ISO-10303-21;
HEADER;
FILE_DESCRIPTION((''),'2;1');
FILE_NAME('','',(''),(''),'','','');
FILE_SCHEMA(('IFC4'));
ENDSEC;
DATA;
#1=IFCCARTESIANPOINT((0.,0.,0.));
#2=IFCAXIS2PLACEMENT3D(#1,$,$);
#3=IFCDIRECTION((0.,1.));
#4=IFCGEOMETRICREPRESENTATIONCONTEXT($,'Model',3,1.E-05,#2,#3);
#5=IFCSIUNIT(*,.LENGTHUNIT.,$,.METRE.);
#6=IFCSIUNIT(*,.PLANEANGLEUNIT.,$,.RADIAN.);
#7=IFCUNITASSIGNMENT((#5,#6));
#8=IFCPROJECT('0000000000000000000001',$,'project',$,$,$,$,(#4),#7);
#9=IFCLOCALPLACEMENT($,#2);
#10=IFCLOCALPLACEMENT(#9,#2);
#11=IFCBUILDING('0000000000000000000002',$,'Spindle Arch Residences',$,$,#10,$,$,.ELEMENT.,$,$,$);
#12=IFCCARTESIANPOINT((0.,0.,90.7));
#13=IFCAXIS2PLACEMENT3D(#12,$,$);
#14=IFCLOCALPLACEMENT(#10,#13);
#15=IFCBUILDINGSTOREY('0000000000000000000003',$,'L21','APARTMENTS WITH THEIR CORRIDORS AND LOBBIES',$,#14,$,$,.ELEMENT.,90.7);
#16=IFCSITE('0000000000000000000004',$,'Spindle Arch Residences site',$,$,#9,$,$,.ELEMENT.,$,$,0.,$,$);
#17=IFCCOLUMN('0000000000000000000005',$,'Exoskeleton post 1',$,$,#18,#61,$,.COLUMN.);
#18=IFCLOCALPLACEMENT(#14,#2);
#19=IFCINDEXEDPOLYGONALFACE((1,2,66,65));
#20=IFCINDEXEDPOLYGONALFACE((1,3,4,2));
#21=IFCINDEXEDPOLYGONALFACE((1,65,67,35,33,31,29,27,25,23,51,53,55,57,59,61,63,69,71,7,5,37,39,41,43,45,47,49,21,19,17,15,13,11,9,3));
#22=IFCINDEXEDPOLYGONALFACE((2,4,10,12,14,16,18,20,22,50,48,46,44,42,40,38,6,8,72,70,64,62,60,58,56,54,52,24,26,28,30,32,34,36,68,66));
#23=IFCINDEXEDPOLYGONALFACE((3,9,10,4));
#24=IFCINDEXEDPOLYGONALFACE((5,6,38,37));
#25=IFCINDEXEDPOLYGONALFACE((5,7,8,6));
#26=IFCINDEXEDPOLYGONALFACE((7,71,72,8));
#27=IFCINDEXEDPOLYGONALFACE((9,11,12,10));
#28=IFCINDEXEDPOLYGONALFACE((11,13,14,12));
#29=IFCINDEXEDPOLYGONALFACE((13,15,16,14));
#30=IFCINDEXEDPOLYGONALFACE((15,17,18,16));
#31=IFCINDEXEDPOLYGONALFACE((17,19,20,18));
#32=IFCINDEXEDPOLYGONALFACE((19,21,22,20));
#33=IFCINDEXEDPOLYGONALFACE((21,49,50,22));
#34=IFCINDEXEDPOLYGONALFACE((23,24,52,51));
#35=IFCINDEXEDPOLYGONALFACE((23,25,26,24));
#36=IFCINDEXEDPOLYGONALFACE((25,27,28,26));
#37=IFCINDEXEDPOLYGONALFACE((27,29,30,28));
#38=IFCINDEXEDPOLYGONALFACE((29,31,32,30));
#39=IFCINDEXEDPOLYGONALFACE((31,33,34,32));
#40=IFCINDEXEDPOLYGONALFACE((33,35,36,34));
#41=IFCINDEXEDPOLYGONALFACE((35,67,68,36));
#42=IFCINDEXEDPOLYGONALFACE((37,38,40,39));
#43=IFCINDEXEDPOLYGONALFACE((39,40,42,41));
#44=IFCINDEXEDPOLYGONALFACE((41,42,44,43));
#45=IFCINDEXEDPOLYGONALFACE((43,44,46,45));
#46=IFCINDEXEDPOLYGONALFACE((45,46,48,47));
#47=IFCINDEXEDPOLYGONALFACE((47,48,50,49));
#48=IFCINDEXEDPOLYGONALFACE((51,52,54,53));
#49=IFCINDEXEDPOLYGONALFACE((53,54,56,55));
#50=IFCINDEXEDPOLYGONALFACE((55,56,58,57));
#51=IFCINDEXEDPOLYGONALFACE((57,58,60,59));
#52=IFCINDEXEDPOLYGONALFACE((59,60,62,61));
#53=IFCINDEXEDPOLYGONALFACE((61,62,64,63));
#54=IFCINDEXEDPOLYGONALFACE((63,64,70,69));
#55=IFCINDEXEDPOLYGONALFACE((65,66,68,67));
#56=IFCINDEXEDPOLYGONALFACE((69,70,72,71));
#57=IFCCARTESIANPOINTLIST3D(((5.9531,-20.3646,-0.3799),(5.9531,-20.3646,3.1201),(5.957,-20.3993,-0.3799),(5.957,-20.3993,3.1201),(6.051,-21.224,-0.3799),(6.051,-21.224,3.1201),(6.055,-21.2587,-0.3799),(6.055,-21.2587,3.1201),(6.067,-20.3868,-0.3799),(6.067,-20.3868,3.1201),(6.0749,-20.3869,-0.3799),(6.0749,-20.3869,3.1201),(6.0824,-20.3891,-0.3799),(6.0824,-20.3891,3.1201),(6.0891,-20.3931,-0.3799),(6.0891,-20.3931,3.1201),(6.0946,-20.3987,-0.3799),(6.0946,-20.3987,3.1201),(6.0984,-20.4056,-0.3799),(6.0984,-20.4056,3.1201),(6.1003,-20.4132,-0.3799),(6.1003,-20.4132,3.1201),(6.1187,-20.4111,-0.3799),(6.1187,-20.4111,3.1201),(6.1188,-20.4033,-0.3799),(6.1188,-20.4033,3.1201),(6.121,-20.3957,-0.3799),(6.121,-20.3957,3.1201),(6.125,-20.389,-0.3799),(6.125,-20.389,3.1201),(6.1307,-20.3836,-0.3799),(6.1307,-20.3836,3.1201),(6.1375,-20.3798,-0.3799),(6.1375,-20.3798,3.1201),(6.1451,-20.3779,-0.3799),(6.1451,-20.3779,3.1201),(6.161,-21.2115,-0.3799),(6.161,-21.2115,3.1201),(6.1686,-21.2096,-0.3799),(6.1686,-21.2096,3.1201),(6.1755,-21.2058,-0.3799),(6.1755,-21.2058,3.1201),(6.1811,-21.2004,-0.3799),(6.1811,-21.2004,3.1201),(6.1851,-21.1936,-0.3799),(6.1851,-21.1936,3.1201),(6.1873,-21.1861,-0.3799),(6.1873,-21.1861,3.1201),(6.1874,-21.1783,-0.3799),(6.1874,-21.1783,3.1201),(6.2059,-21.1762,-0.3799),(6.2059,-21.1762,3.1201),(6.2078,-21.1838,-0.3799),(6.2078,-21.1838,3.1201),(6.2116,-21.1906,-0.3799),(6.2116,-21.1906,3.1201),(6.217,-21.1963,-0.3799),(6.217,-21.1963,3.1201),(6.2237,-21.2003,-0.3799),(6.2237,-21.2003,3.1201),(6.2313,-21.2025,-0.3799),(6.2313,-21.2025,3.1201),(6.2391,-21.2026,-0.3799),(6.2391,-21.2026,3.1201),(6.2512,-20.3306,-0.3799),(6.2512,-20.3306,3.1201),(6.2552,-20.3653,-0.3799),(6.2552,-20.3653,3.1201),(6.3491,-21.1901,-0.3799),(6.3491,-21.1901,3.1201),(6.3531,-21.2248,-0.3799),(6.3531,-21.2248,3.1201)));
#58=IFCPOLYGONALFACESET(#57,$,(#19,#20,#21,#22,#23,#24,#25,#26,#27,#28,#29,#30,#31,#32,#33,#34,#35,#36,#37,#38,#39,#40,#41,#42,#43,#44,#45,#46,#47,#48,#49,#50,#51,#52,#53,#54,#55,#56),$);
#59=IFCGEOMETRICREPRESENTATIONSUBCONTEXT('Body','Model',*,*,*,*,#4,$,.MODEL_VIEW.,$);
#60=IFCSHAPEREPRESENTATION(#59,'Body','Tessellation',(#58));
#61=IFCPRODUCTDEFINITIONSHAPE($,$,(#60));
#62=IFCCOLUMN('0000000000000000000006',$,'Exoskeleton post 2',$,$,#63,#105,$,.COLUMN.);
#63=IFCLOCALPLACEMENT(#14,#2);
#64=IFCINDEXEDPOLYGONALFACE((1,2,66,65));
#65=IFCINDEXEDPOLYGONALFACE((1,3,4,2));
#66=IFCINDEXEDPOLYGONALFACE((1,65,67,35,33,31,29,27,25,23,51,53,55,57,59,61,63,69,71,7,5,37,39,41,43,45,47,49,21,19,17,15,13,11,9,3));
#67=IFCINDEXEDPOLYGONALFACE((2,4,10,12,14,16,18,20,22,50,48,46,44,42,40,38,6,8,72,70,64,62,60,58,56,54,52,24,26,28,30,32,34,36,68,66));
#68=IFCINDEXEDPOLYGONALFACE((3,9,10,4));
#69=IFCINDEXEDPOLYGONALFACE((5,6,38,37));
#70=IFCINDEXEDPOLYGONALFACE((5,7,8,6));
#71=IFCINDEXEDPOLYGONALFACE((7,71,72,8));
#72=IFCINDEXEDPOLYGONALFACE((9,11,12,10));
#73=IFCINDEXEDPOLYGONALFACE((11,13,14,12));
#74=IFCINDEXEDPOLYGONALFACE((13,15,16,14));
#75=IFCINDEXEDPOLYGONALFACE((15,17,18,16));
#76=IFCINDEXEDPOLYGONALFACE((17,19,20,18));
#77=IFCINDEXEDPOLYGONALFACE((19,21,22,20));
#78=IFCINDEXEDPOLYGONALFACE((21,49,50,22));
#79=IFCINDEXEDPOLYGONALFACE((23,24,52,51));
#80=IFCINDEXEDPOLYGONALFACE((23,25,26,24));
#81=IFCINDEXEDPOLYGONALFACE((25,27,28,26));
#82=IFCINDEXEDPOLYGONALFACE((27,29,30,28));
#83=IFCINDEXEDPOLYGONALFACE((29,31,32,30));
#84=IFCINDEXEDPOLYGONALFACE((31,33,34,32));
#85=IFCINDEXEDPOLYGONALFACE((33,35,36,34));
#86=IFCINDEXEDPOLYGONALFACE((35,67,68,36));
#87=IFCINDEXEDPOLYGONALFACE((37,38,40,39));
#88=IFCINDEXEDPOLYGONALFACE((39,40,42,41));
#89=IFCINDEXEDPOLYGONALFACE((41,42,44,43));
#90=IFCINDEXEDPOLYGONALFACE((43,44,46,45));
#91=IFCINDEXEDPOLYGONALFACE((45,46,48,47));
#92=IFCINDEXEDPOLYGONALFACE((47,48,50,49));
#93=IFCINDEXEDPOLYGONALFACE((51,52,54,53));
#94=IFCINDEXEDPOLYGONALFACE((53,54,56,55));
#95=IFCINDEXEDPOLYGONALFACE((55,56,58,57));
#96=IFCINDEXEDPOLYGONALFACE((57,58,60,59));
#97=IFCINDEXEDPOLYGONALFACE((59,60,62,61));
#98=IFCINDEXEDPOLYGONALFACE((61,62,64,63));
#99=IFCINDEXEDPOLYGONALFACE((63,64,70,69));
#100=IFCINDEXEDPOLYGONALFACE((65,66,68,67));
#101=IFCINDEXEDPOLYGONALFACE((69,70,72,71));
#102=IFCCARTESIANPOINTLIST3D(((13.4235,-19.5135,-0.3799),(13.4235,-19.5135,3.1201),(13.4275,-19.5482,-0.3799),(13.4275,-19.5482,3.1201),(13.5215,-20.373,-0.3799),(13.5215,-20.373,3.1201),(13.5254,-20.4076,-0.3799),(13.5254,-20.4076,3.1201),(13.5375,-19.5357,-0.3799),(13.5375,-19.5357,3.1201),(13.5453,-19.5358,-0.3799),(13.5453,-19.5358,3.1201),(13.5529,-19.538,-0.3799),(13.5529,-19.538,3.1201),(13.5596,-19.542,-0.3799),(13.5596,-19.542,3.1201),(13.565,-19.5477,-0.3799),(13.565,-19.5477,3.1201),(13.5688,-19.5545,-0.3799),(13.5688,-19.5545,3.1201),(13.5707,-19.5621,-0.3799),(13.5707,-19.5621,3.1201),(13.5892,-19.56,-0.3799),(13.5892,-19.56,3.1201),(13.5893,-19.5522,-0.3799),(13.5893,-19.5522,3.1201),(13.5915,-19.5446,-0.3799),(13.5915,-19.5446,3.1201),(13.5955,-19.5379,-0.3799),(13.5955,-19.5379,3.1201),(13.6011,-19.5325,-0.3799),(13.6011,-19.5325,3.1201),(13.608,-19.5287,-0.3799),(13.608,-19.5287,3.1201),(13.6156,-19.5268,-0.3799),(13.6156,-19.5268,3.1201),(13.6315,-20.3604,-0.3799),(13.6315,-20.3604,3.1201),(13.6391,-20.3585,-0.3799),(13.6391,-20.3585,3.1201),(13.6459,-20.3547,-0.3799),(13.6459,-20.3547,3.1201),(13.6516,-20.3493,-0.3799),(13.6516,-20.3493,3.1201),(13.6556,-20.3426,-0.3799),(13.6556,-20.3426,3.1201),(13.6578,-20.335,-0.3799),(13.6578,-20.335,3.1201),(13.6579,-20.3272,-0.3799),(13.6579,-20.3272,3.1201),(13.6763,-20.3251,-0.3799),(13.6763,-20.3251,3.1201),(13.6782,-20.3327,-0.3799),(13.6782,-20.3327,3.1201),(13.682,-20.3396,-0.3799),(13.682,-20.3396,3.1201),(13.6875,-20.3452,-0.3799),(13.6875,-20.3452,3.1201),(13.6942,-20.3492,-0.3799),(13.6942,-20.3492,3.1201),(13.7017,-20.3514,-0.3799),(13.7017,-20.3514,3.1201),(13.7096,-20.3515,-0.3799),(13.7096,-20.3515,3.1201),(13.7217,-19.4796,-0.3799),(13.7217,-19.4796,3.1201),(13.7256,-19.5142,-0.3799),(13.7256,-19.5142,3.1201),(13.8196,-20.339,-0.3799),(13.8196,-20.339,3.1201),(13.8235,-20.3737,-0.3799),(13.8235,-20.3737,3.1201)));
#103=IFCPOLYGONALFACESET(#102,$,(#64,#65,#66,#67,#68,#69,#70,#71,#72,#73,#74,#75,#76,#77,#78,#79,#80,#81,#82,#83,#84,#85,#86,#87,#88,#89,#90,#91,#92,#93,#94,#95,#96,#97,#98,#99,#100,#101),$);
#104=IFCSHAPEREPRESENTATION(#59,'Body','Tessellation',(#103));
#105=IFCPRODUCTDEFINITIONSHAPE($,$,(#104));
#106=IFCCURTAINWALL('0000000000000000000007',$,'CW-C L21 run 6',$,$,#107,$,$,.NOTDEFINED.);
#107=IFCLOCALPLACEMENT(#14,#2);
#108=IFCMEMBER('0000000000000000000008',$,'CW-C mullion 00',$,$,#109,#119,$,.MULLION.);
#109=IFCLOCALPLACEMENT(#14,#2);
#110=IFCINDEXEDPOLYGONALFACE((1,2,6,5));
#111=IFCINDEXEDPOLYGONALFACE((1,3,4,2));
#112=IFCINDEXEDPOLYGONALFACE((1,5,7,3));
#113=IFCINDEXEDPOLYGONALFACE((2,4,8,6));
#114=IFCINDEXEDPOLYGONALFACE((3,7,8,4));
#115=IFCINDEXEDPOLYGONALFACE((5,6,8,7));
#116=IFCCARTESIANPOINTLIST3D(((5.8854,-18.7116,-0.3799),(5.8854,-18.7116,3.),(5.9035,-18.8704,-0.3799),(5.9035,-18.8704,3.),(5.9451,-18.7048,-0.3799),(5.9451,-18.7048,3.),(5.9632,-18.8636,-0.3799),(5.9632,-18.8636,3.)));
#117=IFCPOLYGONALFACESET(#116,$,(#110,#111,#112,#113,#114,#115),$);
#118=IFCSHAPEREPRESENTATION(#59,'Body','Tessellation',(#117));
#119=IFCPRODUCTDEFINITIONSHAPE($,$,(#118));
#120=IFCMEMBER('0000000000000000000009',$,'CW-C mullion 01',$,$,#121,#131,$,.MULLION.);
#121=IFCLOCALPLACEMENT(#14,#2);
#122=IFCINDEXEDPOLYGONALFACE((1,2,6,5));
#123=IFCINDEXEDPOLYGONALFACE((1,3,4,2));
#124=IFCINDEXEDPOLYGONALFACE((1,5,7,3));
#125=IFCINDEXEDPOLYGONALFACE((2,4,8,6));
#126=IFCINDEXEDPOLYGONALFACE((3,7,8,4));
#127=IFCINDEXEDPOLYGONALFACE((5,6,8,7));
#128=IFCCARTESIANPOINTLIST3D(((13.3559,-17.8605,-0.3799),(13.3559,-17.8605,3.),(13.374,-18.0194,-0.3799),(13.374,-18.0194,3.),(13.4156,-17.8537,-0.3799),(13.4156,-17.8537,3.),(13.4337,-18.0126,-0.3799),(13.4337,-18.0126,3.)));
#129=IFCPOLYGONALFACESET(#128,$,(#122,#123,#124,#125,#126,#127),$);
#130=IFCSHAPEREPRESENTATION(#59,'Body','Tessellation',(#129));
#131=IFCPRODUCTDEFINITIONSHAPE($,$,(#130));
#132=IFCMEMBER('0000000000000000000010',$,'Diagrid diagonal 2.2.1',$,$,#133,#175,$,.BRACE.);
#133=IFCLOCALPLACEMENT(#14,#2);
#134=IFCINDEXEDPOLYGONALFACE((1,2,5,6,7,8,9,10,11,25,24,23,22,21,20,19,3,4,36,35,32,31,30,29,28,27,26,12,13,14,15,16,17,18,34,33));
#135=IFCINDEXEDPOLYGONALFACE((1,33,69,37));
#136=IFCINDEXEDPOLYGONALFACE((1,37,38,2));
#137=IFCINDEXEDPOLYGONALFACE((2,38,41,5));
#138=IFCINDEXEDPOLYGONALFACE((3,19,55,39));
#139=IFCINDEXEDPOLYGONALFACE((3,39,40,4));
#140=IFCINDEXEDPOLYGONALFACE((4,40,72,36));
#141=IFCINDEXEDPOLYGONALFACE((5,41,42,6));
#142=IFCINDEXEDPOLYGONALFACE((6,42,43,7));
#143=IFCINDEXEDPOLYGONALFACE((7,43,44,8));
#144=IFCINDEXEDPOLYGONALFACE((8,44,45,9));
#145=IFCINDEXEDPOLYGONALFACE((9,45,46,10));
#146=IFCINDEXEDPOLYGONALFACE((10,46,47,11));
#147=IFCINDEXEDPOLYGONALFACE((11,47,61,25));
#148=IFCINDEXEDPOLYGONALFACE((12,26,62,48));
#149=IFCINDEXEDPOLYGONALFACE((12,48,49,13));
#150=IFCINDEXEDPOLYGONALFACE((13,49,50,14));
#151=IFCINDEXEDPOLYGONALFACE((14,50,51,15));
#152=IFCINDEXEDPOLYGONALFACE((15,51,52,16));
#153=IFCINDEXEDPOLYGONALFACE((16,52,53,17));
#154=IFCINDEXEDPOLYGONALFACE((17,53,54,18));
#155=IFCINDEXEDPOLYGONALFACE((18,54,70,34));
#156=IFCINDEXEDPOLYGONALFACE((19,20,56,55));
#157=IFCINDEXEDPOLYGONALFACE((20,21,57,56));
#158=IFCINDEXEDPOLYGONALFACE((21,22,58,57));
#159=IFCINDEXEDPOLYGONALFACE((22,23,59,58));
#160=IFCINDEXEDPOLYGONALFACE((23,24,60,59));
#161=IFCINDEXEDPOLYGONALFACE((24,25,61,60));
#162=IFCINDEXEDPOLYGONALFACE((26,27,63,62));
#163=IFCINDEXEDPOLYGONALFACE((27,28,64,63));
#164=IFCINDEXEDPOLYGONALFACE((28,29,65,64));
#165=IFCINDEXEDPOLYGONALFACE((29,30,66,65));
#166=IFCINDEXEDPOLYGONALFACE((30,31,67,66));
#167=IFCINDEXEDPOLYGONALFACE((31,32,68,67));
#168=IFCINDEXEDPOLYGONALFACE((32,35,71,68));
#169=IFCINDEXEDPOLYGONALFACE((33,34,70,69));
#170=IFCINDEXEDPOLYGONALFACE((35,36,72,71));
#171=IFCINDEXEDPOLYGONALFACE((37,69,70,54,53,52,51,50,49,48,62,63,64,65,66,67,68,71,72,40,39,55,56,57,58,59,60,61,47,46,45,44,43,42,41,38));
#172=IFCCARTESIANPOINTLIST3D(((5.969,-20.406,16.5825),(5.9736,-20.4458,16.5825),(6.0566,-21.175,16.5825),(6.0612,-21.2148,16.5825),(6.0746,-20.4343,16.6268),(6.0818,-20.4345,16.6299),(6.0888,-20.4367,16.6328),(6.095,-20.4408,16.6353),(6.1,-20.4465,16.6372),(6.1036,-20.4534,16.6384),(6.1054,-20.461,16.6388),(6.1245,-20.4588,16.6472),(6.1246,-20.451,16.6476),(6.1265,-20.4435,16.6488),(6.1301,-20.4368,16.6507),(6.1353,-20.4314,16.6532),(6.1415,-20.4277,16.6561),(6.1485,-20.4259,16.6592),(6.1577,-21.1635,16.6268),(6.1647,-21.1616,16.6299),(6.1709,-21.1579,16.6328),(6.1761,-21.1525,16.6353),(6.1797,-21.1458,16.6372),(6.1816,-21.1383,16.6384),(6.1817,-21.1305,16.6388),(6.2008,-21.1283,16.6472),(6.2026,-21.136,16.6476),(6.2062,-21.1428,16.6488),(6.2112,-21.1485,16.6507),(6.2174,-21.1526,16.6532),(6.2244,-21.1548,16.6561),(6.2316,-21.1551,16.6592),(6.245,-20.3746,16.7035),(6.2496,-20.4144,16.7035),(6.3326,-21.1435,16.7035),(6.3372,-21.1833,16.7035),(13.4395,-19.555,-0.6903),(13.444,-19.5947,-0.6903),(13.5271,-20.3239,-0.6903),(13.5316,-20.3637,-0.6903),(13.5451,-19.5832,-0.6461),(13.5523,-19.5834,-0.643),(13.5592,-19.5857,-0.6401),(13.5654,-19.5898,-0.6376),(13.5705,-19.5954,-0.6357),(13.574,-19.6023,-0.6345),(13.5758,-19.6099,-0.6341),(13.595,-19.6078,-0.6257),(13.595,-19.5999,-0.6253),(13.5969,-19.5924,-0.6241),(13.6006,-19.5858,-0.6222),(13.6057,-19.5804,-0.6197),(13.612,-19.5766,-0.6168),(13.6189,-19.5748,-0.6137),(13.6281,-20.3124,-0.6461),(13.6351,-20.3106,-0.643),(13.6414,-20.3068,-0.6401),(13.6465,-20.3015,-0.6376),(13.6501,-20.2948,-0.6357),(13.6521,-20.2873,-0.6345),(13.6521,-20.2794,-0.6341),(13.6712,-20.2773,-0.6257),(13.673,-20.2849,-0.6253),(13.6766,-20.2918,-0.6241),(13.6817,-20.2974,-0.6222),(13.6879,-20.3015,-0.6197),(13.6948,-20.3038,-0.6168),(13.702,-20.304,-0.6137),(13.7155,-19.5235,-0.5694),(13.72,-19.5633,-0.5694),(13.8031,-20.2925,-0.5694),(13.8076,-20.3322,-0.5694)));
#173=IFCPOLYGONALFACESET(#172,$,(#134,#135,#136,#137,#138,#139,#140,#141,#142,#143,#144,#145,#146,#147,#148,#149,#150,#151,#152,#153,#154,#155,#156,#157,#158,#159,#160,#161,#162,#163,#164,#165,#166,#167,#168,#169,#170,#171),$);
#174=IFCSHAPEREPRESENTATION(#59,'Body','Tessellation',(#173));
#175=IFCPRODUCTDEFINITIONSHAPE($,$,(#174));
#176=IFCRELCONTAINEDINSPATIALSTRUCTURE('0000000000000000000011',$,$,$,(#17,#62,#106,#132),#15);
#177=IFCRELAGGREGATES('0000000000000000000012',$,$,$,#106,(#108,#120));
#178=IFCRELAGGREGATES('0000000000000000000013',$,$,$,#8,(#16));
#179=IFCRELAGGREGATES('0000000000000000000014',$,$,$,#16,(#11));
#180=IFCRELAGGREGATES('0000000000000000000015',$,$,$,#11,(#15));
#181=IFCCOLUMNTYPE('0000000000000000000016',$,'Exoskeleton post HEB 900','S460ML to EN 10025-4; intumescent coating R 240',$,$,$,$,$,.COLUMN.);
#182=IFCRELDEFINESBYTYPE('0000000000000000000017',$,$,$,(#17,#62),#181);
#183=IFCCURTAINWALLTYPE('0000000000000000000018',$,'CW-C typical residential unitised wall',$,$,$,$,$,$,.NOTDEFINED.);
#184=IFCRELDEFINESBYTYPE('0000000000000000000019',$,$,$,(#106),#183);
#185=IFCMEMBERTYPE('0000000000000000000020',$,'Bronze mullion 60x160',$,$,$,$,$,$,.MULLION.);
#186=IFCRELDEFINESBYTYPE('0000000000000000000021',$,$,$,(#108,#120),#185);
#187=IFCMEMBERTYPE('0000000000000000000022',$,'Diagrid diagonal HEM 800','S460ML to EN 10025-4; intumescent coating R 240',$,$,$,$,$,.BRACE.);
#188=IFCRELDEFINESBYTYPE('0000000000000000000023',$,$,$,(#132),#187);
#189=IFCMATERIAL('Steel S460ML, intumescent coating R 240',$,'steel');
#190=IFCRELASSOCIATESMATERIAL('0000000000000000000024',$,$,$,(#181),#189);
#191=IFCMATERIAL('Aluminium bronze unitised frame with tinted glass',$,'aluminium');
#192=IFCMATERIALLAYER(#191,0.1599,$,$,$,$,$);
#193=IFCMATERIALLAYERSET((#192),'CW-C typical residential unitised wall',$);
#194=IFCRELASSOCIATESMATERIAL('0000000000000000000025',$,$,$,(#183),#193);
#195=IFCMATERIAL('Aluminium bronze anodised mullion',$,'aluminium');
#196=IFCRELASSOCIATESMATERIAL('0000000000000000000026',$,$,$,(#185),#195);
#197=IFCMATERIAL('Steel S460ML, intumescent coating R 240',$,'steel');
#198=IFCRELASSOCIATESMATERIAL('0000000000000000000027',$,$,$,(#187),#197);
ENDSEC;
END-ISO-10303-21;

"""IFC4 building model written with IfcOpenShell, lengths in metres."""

from ifc_helpers import new_model, si_unit, direction, frame, origin, origin_2d, place, context, subcontext, project, spatial, rectangle, i_section, extrude, material, layer, layer_set, material_profile, profile_set, type_object, element, aggregate, save


model = new_model("IFC4")

# Units and contexts
model_context = context("Model", 3, precision=1e-05, world=origin(), true_north=direction((0.0, 1.0)))
body_context = subcontext(model_context, "Body", "Model", "MODEL_VIEW")
ifc_project = project(units=[si_unit("LENGTHUNIT", "METRE"), si_unit("PLANEANGLEUNIT", "RADIAN")], contexts=[model_context])

# Site, building, storey
site_placement = place(None, origin())
site = spatial("IfcSite", under=ifc_project, at=site_placement, Name="Spindle Arch Residences site", CompositionType="ELEMENT", RefElevation=0.0)
building_placement = place(site_placement, origin())
building = spatial("IfcBuilding", under=site, at=building_placement, Name="Spindle Arch Residences", CompositionType="ELEMENT")
storey_placement = place(building_placement, frame((0.0, 0.0, 90.7)))
storey = spatial("IfcBuildingStorey", under=building, at=storey_placement, Name="L21", Description="APARTMENTS WITH THEIR CORRIDORS AND LOBBIES", CompositionType="ELEMENT", Elevation=90.7)

# Columns
ifc_material_1 = material(Name="Steel S460ML, intumescent coating R 240", Category="steel")
ifc_material_profile_1 = material_profile(ifc_material_1, i_section(OverallWidth=0.3, OverallDepth=0.8999, WebThickness=0.0186, FlangeThickness=0.0349, FilletRadius=0.03, at=origin_2d()), Name="HEB 900")
ifc_profile_set_1 = profile_set([ifc_material_profile_1], Name="Steel S460ML, intumescent coating R 240")
column_type = type_object("IfcColumnType", Name="Exoskeleton post HEB 900", Description="S460ML to EN 10025-4; intumescent coating R 240", PredefinedType="COLUMN", material=ifc_profile_set_1)
for number, where, z_axis, x_axis, name in (
    (1, (6.1531, -20.7947, -0.3799), (0.0, 0.0, 1.0), (-0.993572, -0.113203, 0.0), "Exoskeleton post 1"),
    (2, (13.6235, -19.9436, -0.3799), (0.0, 0.0, 1.0), (-0.993572, -0.113203, 0.0), "Exoskeleton post 2"),
):
    element("IfcColumn", number, at=place(storey_placement, frame(where, z_axis=z_axis, x_axis=x_axis)), inside=storey, type_object=column_type, Name=name, PredefinedType="COLUMN", context=body_context, shape_type="SweptSolid", body=[
        extrude(i_section(OverallWidth=0.3, OverallDepth=0.8999, WebThickness=0.0186, FlangeThickness=0.0349, FilletRadius=0.03, at=origin_2d()), origin(), (0.0, 0.0, 1.0), 3.5),
    ])

# Curtain wall, members
ifc_material_2 = material(Name="Aluminium bronze unitised frame with tinted glass", Category="aluminium")
ifc_layer_1 = layer(ifc_material_2, 0.1599)
ifc_layer_set_1 = layer_set([ifc_layer_1], Name="CW-C typical residential unitised wall")
curtain_wall_type = type_object("IfcCurtainWallType", Name="CW-C typical residential unitised wall", PredefinedType="NOTDEFINED", material=ifc_layer_set_1)
curtain_wall_placement = place(storey_placement, origin())
curtain_wall = element("IfcCurtainWall", 3, at=curtain_wall_placement, inside=storey, type_object=curtain_wall_type, Name="CW-C L21 run 6", PredefinedType="NOTDEFINED")
ifc_material_3 = material(Name="Aluminium bronze anodised mullion", Category="aluminium")
ifc_material_profile_2 = material_profile(ifc_material_3, rectangle(XDim=0.1599, YDim=0.0601, at=origin_2d()), Name="MU 60x160")
ifc_profile_set_2 = profile_set([ifc_material_profile_2], Name="Aluminium bronze anodised mullion")
member_type_1 = type_object("IfcMemberType", Name="Bronze mullion 60x160", PredefinedType="MULLION", material=ifc_profile_set_2)
member_1_placement = place(storey_placement, frame((5.9243, -18.7876, -0.3799), z_axis=(0.0, 0.0, 1.0), x_axis=(-0.113203, 0.993572, 0.0)))
member_1 = element("IfcMember", 4, at=member_1_placement, type_object=member_type_1, Name="CW-C mullion 00", PredefinedType="MULLION", context=body_context, shape_type="SweptSolid", body=[
    extrude(rectangle(XDim=0.1599, YDim=0.0601, at=origin_2d()), origin(), (0.0, 0.0, 1.0), 3.3799),
])
member_2_placement = place(storey_placement, frame((13.3948, -17.9365, -0.3799), z_axis=(0.0, 0.0, 1.0), x_axis=(-0.113203, 0.993572, 0.0)))
member_2 = element("IfcMember", 5, at=member_2_placement, type_object=member_type_1, Name="CW-C mullion 01", PredefinedType="MULLION", context=body_context, shape_type="SweptSolid", body=[
    extrude(rectangle(XDim=0.1599, YDim=0.0601, at=origin_2d()), origin(), (0.0, 0.0, 1.0), 3.3799),
])

# Member
ifc_material_4 = material(Name="Steel S460ML, intumescent coating R 240", Category="steel")
ifc_material_profile_3 = material_profile(ifc_material_4, i_section(OverallWidth=0.303, OverallDepth=0.814, WebThickness=0.021, FlangeThickness=0.04, FilletRadius=0.03, at=origin_2d()), Name="HEM 800")
ifc_profile_set_3 = profile_set([ifc_material_profile_3], Name="Steel S460ML, intumescent coating R 240")
member_type_2 = type_object("IfcMemberType", Name="Diagrid diagonal HEM 800", Description="S460ML to EN 10025-4; intumescent coating R 240", PredefinedType="BRACE", material=ifc_profile_set_3)
for number, where, z_axis, x_axis, name in (
    (6, (13.6235, -19.9436, -0.6299), (-0.396554, -0.045178, 0.916899), (0.911006, 0.103787, 0.399119), "Diagrid diagonal 2.2.1"),
):
    element("IfcMember", number, at=place(storey_placement, frame(where, z_axis=z_axis, x_axis=x_axis)), inside=storey, type_object=member_type_2, Name=name, PredefinedType="BRACE", context=body_context, shape_type="SweptSolid", body=[
        extrude(i_section(OverallWidth=0.303, OverallDepth=0.814, WebThickness=0.021, FlangeThickness=0.04, FilletRadius=0.03, at=origin_2d()), origin(), (0.0, 0.0, 1.0), 18.8384),
    ])

aggregate(curtain_wall, [member_1, member_2])

save(model, "model.ifc")
